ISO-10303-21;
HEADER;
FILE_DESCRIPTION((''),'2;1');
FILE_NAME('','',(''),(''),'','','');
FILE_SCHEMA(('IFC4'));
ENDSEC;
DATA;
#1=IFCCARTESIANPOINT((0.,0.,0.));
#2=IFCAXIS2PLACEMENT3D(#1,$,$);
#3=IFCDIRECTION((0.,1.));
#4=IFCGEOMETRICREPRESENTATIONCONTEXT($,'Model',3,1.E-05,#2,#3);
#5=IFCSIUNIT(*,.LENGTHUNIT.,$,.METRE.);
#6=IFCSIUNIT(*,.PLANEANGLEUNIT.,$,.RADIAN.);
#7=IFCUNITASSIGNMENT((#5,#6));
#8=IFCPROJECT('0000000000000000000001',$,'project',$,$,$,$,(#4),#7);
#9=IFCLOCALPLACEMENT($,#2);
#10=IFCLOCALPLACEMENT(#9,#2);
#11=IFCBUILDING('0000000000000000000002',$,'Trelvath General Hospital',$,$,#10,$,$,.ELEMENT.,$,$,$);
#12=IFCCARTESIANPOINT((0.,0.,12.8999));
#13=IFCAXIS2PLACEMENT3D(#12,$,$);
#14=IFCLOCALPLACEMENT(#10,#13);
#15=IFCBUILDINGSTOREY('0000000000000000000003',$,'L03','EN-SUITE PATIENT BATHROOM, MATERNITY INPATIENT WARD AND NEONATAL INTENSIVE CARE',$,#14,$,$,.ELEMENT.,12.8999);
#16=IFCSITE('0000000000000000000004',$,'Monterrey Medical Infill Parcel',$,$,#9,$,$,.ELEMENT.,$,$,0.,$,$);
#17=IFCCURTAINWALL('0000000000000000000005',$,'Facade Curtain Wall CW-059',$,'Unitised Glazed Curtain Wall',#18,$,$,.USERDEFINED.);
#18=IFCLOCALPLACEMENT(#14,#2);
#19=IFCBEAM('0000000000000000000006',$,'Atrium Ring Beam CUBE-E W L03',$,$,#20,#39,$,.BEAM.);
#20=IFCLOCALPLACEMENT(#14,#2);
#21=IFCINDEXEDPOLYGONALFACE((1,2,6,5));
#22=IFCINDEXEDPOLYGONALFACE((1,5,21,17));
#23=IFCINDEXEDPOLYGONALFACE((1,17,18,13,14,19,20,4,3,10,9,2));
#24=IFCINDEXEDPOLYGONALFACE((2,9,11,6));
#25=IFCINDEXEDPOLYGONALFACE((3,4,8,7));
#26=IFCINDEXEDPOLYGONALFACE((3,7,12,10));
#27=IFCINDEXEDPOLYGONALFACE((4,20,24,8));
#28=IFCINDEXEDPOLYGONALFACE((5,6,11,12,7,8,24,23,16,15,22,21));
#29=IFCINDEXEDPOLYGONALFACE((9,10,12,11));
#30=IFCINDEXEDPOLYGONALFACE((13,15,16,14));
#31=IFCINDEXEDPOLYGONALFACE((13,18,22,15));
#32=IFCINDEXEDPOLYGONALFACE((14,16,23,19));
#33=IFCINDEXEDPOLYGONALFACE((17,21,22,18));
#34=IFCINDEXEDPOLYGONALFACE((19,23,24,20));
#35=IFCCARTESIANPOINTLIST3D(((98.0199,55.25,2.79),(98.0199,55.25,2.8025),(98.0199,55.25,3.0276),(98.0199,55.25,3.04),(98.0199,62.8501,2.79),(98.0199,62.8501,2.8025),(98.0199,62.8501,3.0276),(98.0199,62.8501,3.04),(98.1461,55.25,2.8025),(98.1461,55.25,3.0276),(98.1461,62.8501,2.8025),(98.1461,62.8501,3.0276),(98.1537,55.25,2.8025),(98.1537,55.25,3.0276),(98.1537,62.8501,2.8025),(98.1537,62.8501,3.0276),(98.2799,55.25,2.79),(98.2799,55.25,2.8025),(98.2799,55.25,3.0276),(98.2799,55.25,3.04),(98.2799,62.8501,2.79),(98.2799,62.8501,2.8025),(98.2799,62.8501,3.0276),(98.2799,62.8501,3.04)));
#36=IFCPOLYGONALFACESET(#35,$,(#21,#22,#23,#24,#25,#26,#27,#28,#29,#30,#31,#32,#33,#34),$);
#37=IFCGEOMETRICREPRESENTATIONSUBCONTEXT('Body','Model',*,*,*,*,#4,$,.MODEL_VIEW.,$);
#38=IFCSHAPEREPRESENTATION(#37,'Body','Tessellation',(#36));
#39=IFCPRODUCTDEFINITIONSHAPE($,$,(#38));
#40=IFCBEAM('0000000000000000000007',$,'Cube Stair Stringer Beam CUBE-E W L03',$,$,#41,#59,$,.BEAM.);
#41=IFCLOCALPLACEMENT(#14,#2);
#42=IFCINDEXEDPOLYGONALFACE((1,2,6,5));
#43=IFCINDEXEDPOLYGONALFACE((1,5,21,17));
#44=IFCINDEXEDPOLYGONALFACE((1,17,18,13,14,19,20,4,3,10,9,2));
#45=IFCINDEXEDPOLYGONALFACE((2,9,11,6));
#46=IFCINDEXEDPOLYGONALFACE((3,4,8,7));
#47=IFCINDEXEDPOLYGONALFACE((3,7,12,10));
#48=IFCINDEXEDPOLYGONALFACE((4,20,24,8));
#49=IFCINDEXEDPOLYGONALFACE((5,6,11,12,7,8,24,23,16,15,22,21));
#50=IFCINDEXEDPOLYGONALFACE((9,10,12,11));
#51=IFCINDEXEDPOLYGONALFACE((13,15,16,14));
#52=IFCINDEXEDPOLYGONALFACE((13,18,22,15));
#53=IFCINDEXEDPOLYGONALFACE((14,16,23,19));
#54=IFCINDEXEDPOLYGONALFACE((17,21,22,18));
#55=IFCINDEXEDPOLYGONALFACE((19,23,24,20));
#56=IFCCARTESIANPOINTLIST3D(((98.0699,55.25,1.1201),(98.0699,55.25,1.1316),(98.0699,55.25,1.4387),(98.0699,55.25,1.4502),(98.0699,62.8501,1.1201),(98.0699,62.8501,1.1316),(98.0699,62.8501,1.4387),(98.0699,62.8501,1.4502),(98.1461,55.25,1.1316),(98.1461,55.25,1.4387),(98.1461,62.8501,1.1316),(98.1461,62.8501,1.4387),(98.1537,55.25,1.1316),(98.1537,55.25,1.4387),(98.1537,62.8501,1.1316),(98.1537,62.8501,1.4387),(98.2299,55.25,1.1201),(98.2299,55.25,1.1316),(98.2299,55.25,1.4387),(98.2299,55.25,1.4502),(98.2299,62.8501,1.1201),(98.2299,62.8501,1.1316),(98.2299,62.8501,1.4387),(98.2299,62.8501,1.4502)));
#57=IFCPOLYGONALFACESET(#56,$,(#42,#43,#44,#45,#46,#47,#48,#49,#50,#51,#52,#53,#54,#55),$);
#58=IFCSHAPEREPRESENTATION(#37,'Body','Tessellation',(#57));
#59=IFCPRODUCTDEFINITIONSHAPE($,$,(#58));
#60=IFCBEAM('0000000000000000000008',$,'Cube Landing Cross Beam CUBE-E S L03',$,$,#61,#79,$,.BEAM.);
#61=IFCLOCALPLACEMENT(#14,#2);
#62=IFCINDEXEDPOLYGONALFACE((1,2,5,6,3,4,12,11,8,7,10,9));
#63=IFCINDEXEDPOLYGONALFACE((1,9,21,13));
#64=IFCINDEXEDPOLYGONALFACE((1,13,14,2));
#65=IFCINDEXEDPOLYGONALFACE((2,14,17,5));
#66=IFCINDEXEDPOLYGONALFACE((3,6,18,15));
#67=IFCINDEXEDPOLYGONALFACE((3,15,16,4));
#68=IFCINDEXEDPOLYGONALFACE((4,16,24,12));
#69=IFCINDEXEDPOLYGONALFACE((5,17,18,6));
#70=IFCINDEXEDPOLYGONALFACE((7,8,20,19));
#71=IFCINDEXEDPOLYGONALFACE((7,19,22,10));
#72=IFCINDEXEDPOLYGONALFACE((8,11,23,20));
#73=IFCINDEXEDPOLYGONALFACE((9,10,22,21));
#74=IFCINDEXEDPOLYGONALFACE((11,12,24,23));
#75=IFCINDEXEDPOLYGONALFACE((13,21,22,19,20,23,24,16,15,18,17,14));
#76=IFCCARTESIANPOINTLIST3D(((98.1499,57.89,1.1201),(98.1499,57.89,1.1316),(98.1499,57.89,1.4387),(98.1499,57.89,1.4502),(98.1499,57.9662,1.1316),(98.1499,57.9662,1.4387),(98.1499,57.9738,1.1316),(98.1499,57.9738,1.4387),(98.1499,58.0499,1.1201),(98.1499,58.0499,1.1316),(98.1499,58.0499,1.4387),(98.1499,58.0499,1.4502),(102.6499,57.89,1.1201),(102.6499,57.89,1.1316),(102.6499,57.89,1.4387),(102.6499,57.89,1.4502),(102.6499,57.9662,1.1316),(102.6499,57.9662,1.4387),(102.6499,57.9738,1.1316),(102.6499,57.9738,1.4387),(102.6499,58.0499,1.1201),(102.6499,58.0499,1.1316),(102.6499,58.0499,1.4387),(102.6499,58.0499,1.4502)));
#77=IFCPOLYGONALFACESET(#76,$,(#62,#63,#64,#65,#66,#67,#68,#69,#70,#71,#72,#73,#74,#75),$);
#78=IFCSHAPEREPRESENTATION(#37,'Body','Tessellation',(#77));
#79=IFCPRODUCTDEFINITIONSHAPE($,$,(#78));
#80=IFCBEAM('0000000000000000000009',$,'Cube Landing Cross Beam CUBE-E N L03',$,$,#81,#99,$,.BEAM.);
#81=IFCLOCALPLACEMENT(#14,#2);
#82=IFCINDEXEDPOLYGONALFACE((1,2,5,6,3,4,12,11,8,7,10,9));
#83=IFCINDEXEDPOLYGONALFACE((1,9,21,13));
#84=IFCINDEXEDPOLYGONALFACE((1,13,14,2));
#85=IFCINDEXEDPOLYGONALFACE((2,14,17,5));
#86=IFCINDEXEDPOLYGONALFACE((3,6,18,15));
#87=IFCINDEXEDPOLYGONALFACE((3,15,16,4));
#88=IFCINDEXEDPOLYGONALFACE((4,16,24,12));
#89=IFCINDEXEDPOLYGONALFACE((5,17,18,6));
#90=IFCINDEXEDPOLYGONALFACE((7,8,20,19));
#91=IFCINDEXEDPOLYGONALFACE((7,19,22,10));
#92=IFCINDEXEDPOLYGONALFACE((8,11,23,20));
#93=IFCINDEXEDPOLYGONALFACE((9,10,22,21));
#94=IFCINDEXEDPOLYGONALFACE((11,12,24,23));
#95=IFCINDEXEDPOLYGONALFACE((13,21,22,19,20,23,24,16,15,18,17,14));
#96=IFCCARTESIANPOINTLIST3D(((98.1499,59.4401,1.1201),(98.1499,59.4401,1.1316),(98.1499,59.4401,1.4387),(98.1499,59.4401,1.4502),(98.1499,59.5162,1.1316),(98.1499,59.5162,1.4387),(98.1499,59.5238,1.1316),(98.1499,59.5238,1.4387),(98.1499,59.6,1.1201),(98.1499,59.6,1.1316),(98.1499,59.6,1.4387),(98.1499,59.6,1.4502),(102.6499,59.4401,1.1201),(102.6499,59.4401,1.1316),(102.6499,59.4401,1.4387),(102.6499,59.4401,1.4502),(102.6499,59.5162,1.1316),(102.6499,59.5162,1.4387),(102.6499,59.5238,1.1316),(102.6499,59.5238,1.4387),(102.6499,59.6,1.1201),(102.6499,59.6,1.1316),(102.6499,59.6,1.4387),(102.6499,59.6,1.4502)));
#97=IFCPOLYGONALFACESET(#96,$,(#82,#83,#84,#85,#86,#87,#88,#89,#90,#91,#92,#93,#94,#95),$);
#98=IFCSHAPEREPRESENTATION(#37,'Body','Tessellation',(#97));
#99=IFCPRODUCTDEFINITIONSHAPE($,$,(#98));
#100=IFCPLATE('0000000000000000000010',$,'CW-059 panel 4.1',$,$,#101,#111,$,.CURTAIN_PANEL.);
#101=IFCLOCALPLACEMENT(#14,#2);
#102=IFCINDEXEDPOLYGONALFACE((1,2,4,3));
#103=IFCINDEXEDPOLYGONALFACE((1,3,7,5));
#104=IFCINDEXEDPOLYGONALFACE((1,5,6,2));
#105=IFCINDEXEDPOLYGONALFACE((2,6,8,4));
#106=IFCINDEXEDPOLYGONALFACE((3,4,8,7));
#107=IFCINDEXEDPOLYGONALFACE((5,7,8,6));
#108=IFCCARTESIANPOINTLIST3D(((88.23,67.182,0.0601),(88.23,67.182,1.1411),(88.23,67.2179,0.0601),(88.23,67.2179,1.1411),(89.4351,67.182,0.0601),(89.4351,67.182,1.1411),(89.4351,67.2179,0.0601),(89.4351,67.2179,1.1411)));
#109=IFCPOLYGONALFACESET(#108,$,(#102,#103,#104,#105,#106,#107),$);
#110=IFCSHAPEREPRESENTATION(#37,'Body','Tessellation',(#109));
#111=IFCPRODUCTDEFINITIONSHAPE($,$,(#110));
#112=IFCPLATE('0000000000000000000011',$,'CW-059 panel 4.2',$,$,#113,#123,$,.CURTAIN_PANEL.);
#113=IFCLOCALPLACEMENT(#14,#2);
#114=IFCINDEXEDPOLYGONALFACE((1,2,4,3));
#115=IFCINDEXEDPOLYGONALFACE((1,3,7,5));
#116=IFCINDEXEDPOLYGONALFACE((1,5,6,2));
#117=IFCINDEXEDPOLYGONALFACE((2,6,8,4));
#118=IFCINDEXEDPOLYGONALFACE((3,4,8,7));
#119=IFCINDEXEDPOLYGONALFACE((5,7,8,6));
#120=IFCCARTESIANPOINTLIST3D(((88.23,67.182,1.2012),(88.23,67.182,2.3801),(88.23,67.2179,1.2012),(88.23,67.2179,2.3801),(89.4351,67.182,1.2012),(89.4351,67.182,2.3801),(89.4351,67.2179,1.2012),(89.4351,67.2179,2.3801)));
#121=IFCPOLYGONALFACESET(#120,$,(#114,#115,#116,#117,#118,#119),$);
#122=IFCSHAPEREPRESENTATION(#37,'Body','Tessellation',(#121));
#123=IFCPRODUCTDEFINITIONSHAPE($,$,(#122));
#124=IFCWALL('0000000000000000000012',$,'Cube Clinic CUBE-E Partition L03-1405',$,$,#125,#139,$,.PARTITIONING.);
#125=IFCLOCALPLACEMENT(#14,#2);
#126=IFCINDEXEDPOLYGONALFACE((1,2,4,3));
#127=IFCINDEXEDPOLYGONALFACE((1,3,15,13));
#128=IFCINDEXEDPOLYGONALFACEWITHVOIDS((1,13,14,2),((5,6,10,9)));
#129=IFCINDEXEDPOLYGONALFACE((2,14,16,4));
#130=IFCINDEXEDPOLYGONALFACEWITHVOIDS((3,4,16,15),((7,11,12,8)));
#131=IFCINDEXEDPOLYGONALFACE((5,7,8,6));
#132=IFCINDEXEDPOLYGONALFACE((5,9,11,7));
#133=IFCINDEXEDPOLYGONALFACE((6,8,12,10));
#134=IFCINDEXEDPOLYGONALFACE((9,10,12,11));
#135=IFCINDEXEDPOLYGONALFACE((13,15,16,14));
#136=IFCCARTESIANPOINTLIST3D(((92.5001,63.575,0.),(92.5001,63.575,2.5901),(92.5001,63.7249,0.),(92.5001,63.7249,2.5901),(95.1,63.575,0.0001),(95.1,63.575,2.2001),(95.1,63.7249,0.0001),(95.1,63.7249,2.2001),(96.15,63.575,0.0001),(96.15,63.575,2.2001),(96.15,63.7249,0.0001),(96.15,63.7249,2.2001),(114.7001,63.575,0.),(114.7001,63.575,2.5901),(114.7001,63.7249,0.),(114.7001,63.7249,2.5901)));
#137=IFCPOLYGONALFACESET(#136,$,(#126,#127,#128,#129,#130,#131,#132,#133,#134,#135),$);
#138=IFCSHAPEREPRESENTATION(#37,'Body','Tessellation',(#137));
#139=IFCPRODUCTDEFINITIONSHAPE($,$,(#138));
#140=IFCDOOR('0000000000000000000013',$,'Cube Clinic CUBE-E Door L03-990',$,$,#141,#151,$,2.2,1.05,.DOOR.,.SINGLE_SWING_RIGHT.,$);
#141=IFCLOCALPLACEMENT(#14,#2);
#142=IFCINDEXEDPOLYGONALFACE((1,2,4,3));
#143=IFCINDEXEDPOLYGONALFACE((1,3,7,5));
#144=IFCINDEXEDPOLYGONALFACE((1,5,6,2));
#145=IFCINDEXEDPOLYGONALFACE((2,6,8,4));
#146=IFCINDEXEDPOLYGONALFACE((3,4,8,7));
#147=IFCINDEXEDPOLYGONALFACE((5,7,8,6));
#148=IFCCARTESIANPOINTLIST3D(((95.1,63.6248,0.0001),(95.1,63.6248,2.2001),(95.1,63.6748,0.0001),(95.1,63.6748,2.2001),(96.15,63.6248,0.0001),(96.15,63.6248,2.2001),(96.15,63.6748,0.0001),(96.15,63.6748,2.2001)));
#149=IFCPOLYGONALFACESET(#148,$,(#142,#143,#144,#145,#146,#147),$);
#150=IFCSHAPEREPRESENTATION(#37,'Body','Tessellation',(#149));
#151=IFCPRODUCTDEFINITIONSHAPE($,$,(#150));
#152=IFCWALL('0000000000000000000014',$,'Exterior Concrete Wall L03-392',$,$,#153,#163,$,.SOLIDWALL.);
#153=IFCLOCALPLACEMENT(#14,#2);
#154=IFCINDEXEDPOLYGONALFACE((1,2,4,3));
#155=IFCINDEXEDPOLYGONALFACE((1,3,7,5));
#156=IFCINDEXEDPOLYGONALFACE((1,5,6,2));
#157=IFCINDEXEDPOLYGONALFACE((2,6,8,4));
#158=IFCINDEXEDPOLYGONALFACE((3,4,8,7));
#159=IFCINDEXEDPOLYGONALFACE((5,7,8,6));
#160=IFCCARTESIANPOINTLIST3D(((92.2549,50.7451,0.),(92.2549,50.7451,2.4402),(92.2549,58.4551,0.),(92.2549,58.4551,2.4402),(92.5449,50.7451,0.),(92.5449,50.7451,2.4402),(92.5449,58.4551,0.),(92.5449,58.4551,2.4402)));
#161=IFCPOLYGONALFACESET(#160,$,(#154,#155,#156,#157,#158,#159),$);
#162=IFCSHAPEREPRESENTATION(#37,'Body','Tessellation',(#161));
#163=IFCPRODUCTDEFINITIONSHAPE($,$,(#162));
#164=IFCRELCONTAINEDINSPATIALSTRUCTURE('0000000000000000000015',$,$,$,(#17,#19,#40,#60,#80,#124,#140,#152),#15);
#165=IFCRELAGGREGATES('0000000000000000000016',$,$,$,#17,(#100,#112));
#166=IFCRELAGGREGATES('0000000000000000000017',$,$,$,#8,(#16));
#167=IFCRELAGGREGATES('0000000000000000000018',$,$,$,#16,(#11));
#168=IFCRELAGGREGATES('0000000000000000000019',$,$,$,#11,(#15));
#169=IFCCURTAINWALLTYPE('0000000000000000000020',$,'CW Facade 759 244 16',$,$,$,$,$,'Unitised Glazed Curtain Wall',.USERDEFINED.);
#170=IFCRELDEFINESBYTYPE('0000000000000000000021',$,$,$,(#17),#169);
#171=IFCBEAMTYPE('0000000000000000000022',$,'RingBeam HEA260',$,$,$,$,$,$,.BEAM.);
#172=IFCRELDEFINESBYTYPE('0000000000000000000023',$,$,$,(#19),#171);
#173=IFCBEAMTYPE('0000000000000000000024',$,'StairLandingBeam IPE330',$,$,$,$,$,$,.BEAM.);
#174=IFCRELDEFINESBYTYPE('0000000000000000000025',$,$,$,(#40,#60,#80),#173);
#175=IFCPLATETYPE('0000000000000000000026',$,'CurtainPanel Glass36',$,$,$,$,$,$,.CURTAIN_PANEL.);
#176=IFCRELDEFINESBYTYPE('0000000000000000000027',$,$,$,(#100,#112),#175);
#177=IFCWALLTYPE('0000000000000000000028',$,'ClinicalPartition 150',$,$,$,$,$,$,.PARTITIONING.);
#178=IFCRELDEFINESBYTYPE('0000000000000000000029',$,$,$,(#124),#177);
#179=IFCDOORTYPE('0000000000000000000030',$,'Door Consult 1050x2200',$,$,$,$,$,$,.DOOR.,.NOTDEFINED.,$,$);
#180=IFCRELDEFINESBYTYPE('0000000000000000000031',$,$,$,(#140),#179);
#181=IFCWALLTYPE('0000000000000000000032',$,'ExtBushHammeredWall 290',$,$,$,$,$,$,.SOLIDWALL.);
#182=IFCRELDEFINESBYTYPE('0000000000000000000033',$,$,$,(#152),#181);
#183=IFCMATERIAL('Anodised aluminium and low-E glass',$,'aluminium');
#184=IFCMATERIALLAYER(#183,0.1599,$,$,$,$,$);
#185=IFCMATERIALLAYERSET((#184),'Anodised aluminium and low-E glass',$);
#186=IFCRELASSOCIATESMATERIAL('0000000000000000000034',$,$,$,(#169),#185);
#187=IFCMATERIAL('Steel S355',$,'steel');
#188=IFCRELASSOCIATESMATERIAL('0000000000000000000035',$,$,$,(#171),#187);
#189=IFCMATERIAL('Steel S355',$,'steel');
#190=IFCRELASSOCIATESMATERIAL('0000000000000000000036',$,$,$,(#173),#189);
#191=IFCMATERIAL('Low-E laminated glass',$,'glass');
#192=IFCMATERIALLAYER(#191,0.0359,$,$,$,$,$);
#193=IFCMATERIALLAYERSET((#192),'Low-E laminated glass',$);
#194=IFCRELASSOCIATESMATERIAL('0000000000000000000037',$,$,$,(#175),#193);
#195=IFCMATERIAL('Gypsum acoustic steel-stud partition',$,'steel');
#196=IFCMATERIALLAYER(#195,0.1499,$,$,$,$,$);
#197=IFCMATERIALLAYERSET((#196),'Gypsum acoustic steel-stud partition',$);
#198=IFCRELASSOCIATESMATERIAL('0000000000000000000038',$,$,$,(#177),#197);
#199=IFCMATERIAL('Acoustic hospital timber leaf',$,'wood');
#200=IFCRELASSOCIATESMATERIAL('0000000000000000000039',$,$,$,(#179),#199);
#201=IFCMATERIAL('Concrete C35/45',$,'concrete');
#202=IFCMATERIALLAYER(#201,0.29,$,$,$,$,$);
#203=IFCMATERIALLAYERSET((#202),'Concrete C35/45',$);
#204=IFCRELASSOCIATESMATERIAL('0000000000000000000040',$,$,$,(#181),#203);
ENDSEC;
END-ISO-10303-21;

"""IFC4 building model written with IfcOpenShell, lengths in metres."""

from ifc_helpers import new_model, si_unit, direction, frame, frame_2d, origin, origin_2d, place, context, subcontext, project, spatial, rectangle, i_section, extrude, material, layer, layer_set, material_profile, profile_set, type_object, element, fill, aggregate, save


model = new_model("IFC4")

# Units and contexts
model_context = context("Model", 3, precision=1e-05, world=origin(), true_north=direction((0.0, 1.0)))
body_context = subcontext(model_context, "Body", "Model", "MODEL_VIEW")
ifc_project = project(units=[si_unit("LENGTHUNIT", "METRE"), si_unit("PLANEANGLEUNIT", "RADIAN")], contexts=[model_context])

# Site, building, storey
site_placement = place(None, origin())
site = spatial("IfcSite", under=ifc_project, at=site_placement, Name="Monterrey Medical Infill Parcel", CompositionType="ELEMENT", RefElevation=0.0)
building_placement = place(site_placement, origin())
building = spatial("IfcBuilding", under=site, at=building_placement, Name="Trelvath General Hospital", CompositionType="ELEMENT")
storey_placement = place(building_placement, frame((0.0, 0.0, 12.8999)))
storey = spatial("IfcBuildingStorey", under=building, at=storey_placement, Name="L03", Description="EN-SUITE PATIENT BATHROOM, MATERNITY INPATIENT WARD AND NEONATAL INTENSIVE CARE", CompositionType="ELEMENT", Elevation=12.8999)

# Curtain wall
ifc_material_1 = material(Name="Anodised aluminium and low-E glass", Category="aluminium")
ifc_layer_1 = layer(ifc_material_1, 0.1599)
ifc_layer_set_1 = layer_set([ifc_layer_1], Name="Anodised aluminium and low-E glass")
curtain_wall_type = type_object("IfcCurtainWallType", Name="CW Facade 759 244 16", ElementType="Unitised Glazed Curtain Wall", PredefinedType="USERDEFINED", material=ifc_layer_set_1)
curtain_wall_placement = place(storey_placement, origin())
curtain_wall = element("IfcCurtainWall", 1, at=curtain_wall_placement, inside=storey, type_object=curtain_wall_type, Name="Facade Curtain Wall CW-059", ObjectType="Unitised Glazed Curtain Wall", PredefinedType="USERDEFINED")

# Beams
ifc_material_2 = material(Name="Steel S355", Category="steel")
ifc_material_profile_1 = material_profile(ifc_material_2, i_section(OverallWidth=0.26, OverallDepth=0.25, WebThickness=0.0076, FlangeThickness=0.0125, at=origin_2d()), Name="HEA260")
ifc_profile_set_1 = profile_set([ifc_material_profile_1], Name="Steel S355")
beam_type_1 = type_object("IfcBeamType", Name="RingBeam HEA260", PredefinedType="BEAM", material=ifc_profile_set_1)
beam_1_placement = place(storey_placement, frame((98.1499, 55.25, 2.915), z_axis=(0.0, 1.0, 0.0), x_axis=(-1.0, 0.0, 0.0)))
element("IfcBeam", 2, at=beam_1_placement, inside=storey, type_object=beam_type_1, Name="Atrium Ring Beam CUBE-E W L03", PredefinedType="BEAM", context=body_context, shape_type="SweptSolid", body=[
    extrude(i_section(OverallWidth=0.26, OverallDepth=0.25, WebThickness=0.0076, FlangeThickness=0.0125, at=origin_2d()), origin(), (0.0, 0.0, 1.0), 7.6001),
])
ifc_material_3 = material(Name="Steel S355", Category="steel")
ifc_material_profile_2 = material_profile(ifc_material_3, i_section(OverallWidth=0.1599, OverallDepth=0.3301, WebThickness=0.0076, FlangeThickness=0.0115, at=origin_2d()), Name="IPE330")
ifc_profile_set_2 = profile_set([ifc_material_profile_2], Name="Steel S355")
beam_type_2 = type_object("IfcBeamType", Name="StairLandingBeam IPE330", PredefinedType="BEAM", material=ifc_profile_set_2)
beam_2_placement = place(storey_placement, frame((98.1499, 55.25, 1.2852), z_axis=(0.0, 1.0, 0.0), x_axis=(-1.0, 0.0, 0.0)))
element("IfcBeam", 3, at=beam_2_placement, inside=storey, type_object=beam_type_2, Name="Cube Stair Stringer Beam CUBE-E W L03", PredefinedType="BEAM", context=body_context, shape_type="SweptSolid", body=[
    extrude(i_section(OverallWidth=0.1599, OverallDepth=0.3301, WebThickness=0.0076, FlangeThickness=0.0115, at=origin_2d()), origin(), (0.0, 0.0, 1.0), 7.6001),
])
for number, where, z_axis, x_axis, name in (
    (4, (98.1499, 57.97, 1.2852), (1.0, 0.0, 0.0), (0.0, 1.0, 0.0), "Cube Landing Cross Beam CUBE-E S L03"),
    (5, (98.1499, 59.52, 1.2852), (1.0, 0.0, 0.0), (0.0, 1.0, 0.0), "Cube Landing Cross Beam CUBE-E N L03"),
):
    element("IfcBeam", number, at=place(storey_placement, frame(where, z_axis=z_axis, x_axis=x_axis)), inside=storey, type_object=beam_type_2, Name=name, PredefinedType="BEAM", context=body_context, shape_type="SweptSolid", body=[
        extrude(i_section(OverallWidth=0.1599, OverallDepth=0.3301, WebThickness=0.0076, FlangeThickness=0.0115, at=origin_2d()), origin(), (0.0, 0.0, 1.0), 4.5),
    ])

# Plates
ifc_material_4 = material(Name="Low-E laminated glass", Category="glass")
ifc_layer_2 = layer(ifc_material_4, 0.0359)
ifc_layer_set_2 = layer_set([ifc_layer_2], Name="Low-E laminated glass")
plate_type = type_object("IfcPlateType", Name="CurtainPanel Glass36", PredefinedType="CURTAIN_PANEL", material=ifc_layer_set_2)
plate_1_placement = place(storey_placement, frame((88.8325, 67.2, 0.0601), z_axis=(0.0, 0.0, 1.0), x_axis=(1.0, 0.0, 0.0)))
plate_1 = element("IfcPlate", 6, at=plate_1_placement, type_object=plate_type, Name="CW-059 panel 4.1", PredefinedType="CURTAIN_PANEL", context=body_context, shape_type="SweptSolid", body=[
    extrude(rectangle(XDim=1.2051, YDim=0.0359, at=origin_2d()), origin(), (0.0, 0.0, 1.0), 1.0811),
])
plate_2_placement = place(storey_placement, frame((88.8325, 67.2, 1.2012), z_axis=(0.0, 0.0, 1.0), x_axis=(1.0, 0.0, 0.0)))
plate_2 = element("IfcPlate", 7, at=plate_2_placement, type_object=plate_type, Name="CW-059 panel 4.2", PredefinedType="CURTAIN_PANEL", context=body_context, shape_type="SweptSolid", body=[
    extrude(rectangle(XDim=1.2051, YDim=0.0359, at=origin_2d()), origin(), (0.0, 0.0, 1.0), 1.179),
])
aggregate(curtain_wall, [plate_1, plate_2])

# Wall, opening, door
ifc_material_5 = material(Name="Gypsum acoustic steel-stud partition", Category="steel")
ifc_layer_3 = layer(ifc_material_5, 0.1499)
ifc_layer_set_3 = layer_set([ifc_layer_3], Name="Gypsum acoustic steel-stud partition")
wall_type_1 = type_object("IfcWallType", Name="ClinicalPartition 150", PredefinedType="PARTITIONING", material=ifc_layer_set_3)
wall_1_placement = place(storey_placement, frame((92.5, 63.6499, 0.0), z_axis=(0.0, 0.0, 1.0), x_axis=(1.0, 0.0, 0.0)))
wall_1 = element("IfcWall", 8, at=wall_1_placement, inside=storey, type_object=wall_type_1, Name="Cube Clinic CUBE-E Partition L03-1405", PredefinedType="PARTITIONING", context=body_context, shape_type="SweptSolid", body=[
    extrude(rectangle(XDim=22.2, YDim=0.1499, at=frame_2d((11.1001, 0.0))), origin(), (0.0, 0.0, 1.0), 2.5901),
])
opening_1_placement = place(wall_1_placement, frame((2.6001, 0.0, 0.0)))
opening_1 = element("IfcOpeningElement", 9, at=opening_1_placement, cuts=wall_1, PredefinedType="OPENING", context=body_context, shape_type="SweptSolid", body=[
    extrude(rectangle(XDim=1.05, YDim=2.2, at=frame_2d((0.5249, 1.1001))), frame((0.0, 0.085, 0.0), z_axis=(0.0, -1.0, 0.0), x_axis=(1.0, 0.0, 0.0)), (0.0, 0.0, 1.0), 0.1699),
])
ifc_material_6 = material(Name="Acoustic hospital timber leaf", Category="wood")
door_type_1 = type_object("IfcDoorType", Name="Door Consult 1050x2200", OperationType="NOTDEFINED", PredefinedType="DOOR", material=ifc_material_6)
door_1_placement = place(opening_1_placement, origin())
door_1 = element("IfcDoor", 10, at=door_1_placement, inside=storey, type_object=door_type_1, Name="Cube Clinic CUBE-E Door L03-990", OperationType="SINGLE_SWING_RIGHT", OverallHeight=2.2, OverallWidth=1.05, PredefinedType="DOOR", context=body_context, shape_type="SweptSolid", body=[
    extrude(rectangle(XDim=1.05, YDim=2.2, at=frame_2d((0.5249, 1.1001))), frame((0.0, 0.0249, 0.0), z_axis=(0.0, -1.0, 0.0), x_axis=(1.0, 0.0, 0.0)), (0.0, 0.0, 1.0), 0.05),
])
fill(opening_1, door_1)

# Wall
ifc_material_7 = material(Name="Concrete C35/45", Category="concrete")
ifc_layer_4 = layer(ifc_material_7, 0.29)
ifc_layer_set_4 = layer_set([ifc_layer_4], Name="Concrete C35/45")
wall_type_2 = type_object("IfcWallType", Name="ExtBushHammeredWall 290", PredefinedType="SOLIDWALL", material=ifc_layer_set_4)
wall_2_placement = place(storey_placement, frame((92.3999, 58.4551, 0.0), z_axis=(0.0, 0.0, 1.0), x_axis=(0.0, -1.0, 0.0)))
element("IfcWall", 11, at=wall_2_placement, inside=storey, type_object=wall_type_2, Name="Exterior Concrete Wall L03-392", PredefinedType="SOLIDWALL", context=body_context, shape_type="SweptSolid", body=[
    extrude(rectangle(XDim=7.71, YDim=0.29, at=frame_2d((3.855, 0.0))), origin(), (0.0, 0.0, 1.0), 2.4402),
])

save(model, "model.ifc")
